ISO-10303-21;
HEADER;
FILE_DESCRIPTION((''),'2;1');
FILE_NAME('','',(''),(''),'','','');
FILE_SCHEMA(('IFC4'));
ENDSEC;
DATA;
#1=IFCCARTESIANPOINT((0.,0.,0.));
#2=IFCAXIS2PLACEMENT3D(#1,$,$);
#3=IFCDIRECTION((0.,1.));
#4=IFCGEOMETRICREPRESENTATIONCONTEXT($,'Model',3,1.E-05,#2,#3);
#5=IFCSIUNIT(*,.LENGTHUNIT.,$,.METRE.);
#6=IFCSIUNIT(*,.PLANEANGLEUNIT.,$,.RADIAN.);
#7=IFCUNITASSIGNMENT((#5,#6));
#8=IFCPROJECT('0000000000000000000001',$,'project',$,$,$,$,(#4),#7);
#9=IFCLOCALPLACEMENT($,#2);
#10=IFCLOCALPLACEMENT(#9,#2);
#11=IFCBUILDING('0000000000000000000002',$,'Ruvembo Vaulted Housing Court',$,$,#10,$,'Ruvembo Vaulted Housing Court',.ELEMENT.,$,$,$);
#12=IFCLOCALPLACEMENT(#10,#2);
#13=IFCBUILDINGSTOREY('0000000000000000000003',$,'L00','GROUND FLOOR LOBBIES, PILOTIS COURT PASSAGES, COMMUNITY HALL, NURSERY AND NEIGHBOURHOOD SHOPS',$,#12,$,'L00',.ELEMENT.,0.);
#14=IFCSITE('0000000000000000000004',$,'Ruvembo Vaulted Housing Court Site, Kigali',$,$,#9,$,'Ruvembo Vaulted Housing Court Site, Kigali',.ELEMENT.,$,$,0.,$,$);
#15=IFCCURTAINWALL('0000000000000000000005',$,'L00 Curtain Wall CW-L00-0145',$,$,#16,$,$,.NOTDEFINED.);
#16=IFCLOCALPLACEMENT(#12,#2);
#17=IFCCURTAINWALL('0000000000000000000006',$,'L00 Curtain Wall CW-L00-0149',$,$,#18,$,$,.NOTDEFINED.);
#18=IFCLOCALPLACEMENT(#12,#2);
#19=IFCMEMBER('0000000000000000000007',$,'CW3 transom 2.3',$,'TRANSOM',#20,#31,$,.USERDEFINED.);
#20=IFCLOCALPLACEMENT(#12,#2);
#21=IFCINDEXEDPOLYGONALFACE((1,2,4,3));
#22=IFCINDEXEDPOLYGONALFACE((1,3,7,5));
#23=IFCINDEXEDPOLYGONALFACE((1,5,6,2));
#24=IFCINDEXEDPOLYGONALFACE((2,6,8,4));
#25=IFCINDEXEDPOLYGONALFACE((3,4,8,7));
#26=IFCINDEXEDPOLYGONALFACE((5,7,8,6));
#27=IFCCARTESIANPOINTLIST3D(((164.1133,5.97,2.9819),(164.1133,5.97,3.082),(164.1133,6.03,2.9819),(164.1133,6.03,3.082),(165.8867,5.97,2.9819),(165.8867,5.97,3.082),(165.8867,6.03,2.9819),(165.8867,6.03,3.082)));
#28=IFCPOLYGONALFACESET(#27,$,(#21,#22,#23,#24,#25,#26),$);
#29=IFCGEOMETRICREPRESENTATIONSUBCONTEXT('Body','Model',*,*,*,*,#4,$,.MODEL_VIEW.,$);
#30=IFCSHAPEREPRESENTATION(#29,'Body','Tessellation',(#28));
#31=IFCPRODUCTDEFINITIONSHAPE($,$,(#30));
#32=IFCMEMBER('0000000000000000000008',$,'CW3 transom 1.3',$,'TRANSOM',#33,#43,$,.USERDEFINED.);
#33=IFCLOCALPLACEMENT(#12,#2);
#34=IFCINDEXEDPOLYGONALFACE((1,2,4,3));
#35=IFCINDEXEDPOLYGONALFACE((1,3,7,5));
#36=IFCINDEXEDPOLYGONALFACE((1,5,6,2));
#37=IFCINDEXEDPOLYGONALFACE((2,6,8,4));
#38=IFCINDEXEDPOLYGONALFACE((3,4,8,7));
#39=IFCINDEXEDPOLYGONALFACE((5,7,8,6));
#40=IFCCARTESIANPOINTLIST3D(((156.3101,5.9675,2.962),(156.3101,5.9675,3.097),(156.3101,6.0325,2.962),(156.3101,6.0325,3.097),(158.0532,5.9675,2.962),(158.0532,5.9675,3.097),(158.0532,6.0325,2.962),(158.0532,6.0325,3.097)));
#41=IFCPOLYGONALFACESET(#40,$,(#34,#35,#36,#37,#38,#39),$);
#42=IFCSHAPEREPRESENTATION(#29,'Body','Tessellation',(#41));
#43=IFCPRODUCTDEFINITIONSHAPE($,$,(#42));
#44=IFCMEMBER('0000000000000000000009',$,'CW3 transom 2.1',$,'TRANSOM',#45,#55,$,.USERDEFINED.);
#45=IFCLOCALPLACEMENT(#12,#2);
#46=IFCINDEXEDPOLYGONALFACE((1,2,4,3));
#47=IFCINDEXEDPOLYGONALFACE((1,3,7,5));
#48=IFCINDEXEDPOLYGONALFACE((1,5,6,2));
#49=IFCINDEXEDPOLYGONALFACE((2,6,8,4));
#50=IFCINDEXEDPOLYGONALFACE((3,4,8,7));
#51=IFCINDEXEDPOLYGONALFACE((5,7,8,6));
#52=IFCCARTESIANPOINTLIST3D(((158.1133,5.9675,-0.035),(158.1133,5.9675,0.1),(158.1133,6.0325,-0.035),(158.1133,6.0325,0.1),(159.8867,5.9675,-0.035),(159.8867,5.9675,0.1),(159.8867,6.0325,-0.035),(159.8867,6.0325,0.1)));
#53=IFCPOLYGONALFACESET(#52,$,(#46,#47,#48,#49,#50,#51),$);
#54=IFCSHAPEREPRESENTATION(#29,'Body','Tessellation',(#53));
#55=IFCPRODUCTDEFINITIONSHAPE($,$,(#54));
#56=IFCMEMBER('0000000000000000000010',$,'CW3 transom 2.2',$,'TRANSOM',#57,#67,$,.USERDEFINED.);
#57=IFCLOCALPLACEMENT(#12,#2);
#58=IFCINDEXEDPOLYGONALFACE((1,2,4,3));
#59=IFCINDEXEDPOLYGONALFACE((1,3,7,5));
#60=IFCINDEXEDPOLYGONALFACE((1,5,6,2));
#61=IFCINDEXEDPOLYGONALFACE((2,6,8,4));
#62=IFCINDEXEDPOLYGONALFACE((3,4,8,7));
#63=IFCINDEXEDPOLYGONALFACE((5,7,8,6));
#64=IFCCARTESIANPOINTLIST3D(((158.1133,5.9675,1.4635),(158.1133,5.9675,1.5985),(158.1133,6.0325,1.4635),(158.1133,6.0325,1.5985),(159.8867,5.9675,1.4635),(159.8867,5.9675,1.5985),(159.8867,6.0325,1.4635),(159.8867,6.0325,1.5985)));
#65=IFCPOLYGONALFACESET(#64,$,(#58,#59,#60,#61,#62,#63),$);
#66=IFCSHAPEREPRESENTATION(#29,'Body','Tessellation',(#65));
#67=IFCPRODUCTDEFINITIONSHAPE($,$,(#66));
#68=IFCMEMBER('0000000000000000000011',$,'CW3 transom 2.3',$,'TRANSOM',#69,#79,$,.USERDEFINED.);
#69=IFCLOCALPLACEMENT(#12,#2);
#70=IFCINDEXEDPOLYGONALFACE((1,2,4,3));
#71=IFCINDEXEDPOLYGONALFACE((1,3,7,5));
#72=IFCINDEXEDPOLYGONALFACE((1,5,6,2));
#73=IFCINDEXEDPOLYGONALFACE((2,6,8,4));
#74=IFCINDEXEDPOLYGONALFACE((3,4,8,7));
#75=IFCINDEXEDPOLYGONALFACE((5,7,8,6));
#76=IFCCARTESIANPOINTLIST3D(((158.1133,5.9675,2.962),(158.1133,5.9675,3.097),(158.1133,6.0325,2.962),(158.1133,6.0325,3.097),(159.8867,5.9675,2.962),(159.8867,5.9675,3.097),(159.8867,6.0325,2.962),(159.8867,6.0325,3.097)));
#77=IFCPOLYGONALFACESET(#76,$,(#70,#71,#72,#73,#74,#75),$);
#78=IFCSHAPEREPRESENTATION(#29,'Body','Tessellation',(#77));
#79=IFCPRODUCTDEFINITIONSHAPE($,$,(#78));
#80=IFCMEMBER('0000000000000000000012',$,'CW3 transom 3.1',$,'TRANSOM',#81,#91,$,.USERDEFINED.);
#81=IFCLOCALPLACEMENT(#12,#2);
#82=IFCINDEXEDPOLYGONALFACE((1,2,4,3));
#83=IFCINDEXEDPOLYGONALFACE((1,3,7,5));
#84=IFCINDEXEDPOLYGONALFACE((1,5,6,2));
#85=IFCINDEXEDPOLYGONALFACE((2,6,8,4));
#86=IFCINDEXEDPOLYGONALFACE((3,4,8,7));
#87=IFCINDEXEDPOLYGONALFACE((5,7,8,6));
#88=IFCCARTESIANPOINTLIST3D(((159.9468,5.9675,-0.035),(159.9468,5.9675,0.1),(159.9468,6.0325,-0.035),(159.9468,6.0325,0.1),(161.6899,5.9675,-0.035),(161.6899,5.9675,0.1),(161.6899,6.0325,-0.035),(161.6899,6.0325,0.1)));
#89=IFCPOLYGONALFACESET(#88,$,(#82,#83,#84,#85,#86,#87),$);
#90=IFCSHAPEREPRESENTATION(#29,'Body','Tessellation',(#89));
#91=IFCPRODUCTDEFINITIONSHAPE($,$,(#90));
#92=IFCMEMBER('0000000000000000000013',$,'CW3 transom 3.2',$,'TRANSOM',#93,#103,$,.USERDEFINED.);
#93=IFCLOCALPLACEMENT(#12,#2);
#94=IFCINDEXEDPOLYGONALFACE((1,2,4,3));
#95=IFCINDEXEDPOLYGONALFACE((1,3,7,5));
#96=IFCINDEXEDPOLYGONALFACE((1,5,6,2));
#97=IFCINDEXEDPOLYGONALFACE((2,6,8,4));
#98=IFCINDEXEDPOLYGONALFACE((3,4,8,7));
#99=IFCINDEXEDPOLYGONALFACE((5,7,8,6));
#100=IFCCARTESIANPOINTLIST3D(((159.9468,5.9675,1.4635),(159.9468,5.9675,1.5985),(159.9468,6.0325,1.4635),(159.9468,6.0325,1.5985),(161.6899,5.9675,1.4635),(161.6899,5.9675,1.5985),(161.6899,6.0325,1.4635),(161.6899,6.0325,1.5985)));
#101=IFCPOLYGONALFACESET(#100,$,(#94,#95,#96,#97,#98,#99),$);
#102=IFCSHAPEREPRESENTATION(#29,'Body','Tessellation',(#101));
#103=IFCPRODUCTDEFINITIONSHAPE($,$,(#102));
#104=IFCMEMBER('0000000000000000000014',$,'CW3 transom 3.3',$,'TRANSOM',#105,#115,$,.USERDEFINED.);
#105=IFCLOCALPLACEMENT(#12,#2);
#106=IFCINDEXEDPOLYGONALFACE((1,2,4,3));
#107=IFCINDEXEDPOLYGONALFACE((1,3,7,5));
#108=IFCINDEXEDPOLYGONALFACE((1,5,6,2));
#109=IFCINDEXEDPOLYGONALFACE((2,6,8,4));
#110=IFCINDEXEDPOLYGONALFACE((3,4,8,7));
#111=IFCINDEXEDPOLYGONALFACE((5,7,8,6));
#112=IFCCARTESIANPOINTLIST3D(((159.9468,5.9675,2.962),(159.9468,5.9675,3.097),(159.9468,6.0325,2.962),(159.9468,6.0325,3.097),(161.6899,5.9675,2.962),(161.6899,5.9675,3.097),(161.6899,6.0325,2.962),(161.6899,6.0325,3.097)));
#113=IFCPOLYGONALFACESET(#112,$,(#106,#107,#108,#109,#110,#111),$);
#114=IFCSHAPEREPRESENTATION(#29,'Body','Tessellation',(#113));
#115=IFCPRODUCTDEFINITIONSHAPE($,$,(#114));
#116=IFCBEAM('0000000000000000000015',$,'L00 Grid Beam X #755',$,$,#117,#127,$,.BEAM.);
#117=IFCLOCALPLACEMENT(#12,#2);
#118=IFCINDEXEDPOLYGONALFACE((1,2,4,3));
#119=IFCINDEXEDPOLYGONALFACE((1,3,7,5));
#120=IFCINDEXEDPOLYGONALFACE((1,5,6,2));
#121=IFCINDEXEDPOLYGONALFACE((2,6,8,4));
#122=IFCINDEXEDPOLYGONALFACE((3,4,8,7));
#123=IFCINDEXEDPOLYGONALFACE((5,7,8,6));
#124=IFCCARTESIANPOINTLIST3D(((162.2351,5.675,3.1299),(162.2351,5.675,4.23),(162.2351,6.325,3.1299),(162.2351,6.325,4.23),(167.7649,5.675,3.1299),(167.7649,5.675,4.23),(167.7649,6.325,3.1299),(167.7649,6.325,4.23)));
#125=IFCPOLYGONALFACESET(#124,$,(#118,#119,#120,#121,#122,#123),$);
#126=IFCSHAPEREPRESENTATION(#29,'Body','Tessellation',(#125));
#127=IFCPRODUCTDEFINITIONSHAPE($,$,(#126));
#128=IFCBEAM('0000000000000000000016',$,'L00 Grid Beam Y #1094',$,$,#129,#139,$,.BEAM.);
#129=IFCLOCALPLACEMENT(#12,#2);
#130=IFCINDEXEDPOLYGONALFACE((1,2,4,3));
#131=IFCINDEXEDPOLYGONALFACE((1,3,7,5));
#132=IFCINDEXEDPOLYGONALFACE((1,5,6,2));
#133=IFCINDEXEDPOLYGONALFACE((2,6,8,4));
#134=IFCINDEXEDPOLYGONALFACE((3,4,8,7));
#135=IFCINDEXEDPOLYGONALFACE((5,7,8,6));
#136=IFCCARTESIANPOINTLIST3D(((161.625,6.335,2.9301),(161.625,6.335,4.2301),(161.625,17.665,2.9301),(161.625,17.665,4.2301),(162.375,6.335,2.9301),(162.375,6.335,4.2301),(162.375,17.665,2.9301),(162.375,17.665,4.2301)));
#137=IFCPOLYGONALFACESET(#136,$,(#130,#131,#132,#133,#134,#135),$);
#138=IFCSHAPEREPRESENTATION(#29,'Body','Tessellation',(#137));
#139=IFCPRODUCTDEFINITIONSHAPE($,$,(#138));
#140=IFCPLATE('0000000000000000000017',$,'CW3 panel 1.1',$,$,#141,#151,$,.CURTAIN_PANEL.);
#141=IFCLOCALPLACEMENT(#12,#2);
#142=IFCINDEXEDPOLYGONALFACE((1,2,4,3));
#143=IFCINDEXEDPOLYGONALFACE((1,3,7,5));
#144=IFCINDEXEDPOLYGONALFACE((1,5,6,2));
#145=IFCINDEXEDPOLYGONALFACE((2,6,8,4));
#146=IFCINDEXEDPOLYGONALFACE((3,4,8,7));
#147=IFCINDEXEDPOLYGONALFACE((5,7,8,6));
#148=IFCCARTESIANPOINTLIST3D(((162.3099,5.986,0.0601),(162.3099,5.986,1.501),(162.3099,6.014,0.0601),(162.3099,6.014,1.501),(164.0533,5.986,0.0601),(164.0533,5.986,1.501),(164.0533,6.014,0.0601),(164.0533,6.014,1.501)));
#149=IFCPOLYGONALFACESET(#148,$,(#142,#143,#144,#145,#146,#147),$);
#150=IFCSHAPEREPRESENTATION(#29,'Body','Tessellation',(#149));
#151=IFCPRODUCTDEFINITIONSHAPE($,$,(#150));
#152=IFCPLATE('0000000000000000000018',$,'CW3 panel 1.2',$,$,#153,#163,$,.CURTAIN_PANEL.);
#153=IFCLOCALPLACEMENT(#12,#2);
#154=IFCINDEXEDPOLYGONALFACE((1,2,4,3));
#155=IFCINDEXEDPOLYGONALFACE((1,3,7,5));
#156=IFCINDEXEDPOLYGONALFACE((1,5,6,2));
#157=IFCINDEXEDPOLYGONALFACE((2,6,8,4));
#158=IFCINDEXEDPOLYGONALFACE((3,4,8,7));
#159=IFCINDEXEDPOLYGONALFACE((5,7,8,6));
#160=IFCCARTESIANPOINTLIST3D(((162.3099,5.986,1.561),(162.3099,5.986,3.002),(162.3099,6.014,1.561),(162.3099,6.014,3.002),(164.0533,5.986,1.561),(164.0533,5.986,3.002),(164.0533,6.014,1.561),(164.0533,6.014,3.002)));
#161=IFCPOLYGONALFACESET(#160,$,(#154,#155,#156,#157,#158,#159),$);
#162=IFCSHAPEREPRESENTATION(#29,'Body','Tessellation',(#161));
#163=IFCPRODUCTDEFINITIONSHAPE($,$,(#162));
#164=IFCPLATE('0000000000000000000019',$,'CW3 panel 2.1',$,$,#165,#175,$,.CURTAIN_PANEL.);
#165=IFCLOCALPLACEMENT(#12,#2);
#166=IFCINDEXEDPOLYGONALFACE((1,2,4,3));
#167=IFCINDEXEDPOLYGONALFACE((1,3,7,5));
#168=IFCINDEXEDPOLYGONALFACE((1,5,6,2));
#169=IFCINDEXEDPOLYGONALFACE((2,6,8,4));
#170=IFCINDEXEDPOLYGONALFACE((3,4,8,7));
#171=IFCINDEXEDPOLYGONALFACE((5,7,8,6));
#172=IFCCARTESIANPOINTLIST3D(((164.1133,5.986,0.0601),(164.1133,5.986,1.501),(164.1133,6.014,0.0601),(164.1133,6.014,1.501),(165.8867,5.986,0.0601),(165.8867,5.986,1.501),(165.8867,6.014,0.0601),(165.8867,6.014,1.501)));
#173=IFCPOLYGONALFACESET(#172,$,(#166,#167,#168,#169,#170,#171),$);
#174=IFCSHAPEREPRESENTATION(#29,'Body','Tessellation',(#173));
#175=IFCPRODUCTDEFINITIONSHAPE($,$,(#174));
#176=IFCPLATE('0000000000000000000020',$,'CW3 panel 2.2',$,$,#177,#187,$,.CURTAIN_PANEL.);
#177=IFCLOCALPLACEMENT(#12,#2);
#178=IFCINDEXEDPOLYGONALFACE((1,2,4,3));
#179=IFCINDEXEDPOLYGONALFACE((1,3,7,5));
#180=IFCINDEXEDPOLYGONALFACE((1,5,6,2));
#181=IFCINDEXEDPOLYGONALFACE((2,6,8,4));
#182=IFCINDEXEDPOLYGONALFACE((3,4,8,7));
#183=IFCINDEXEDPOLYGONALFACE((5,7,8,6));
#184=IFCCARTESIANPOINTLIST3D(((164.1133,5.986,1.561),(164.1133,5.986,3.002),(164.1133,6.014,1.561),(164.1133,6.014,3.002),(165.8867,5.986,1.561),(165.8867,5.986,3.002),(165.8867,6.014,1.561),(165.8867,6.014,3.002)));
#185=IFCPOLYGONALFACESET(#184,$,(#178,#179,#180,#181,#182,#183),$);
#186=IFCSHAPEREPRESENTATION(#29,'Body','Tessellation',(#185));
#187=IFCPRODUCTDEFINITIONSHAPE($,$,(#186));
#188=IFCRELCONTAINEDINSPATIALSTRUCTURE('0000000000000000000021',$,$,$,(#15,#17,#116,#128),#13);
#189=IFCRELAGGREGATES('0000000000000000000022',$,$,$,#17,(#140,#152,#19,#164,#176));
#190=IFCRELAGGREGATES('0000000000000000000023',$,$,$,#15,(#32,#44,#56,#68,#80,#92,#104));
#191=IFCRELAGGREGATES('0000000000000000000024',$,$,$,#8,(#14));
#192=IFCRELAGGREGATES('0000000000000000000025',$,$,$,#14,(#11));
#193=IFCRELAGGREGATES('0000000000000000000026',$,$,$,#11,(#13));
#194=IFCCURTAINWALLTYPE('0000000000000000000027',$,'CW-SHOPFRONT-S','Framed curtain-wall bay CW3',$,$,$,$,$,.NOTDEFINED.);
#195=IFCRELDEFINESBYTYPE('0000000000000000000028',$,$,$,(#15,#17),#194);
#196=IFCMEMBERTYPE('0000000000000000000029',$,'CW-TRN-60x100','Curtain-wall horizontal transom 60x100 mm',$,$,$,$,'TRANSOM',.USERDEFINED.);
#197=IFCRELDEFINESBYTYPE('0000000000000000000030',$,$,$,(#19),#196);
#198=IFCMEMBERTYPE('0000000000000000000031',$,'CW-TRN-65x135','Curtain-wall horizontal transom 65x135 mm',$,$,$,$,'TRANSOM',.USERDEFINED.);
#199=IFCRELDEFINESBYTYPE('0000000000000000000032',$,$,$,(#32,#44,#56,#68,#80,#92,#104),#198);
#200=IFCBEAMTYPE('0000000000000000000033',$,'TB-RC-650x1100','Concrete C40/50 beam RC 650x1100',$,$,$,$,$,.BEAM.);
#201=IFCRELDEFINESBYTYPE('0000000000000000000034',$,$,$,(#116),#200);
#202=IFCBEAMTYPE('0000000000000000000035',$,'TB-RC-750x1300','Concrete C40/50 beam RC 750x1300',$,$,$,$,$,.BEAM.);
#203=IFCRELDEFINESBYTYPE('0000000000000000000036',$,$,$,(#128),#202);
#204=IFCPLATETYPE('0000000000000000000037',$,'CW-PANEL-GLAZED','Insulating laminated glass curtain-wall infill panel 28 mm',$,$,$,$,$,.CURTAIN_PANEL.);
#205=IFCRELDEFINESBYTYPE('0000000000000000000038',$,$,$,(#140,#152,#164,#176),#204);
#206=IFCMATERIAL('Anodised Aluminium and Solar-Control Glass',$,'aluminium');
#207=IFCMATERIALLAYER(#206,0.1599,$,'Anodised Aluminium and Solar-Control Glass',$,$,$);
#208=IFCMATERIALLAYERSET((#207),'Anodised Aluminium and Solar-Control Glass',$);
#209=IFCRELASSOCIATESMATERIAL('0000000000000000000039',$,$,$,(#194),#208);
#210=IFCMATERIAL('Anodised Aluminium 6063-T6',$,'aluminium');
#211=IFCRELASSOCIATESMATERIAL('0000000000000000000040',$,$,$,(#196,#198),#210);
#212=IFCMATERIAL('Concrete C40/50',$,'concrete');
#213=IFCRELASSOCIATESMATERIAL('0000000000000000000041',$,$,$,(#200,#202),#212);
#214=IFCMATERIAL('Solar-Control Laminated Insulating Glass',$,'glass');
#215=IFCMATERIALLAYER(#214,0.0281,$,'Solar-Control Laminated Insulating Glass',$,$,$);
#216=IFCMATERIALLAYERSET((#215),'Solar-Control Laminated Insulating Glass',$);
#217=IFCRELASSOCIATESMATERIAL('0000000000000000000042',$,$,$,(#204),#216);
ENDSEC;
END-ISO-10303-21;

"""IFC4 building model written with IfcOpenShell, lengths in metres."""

from ifc_helpers import new_model, si_unit, direction, frame, origin, origin_2d, place, context, subcontext, project, spatial, rectangle, extrude, material, layer, layer_set, material_profile, profile_set, type_object, element, aggregate, save


model = new_model("IFC4")

# Units and contexts
model_context = context("Model", 3, precision=1e-05, world=origin(), true_north=direction((0.0, 1.0)))
body_context = subcontext(model_context, "Body", "Model", "MODEL_VIEW")
ifc_project = project(units=[si_unit("LENGTHUNIT", "METRE"), si_unit("PLANEANGLEUNIT", "RADIAN")], contexts=[model_context])

# Site, building, storey
site_placement = place(None, origin())
site = spatial("IfcSite", under=ifc_project, at=site_placement, Name="Ruvembo Vaulted Housing Court Site, Kigali", LongName="Ruvembo Vaulted Housing Court Site, Kigali", CompositionType="ELEMENT", RefElevation=0.0)
building_placement = place(site_placement, origin())
building = spatial("IfcBuilding", under=site, at=building_placement, Name="Ruvembo Vaulted Housing Court", LongName="Ruvembo Vaulted Housing Court", CompositionType="ELEMENT")
storey_placement = place(building_placement, origin())
storey = spatial("IfcBuildingStorey", under=building, at=storey_placement, Name="L00", Description="GROUND FLOOR LOBBIES, PILOTIS COURT PASSAGES, COMMUNITY HALL, NURSERY AND NEIGHBOURHOOD SHOPS", LongName="L00", CompositionType="ELEMENT", Elevation=0.0)

# Curtain walls, member
ifc_material_1 = material(Name="Anodised Aluminium and Solar-Control Glass", Category="aluminium")
ifc_layer_1 = layer(ifc_material_1, 0.1599, Name="Anodised Aluminium and Solar-Control Glass")
ifc_layer_set_1 = layer_set([ifc_layer_1], Name="Anodised Aluminium and Solar-Control Glass")
curtain_wall_type = type_object("IfcCurtainWallType", Name="CW-SHOPFRONT-S", Description="Framed curtain-wall bay CW3", PredefinedType="NOTDEFINED", material=ifc_layer_set_1)
curtain_wall_1_placement = place(storey_placement, origin())
curtain_wall_1 = element("IfcCurtainWall", 1, at=curtain_wall_1_placement, inside=storey, type_object=curtain_wall_type, Name="L00 Curtain Wall CW-L00-0145", PredefinedType="NOTDEFINED")
ifc_material_2 = material(Name="Anodised Aluminium 6063-T6", Category="aluminium")
curtain_wall_2_placement = place(storey_placement, origin())
curtain_wall_2 = element("IfcCurtainWall", 2, at=curtain_wall_2_placement, inside=storey, type_object=curtain_wall_type, Name="L00 Curtain Wall CW-L00-0149", PredefinedType="NOTDEFINED")
ifc_material_profile_1 = material_profile(ifc_material_2, rectangle(XDim=0.0601, YDim=0.1001, at=origin_2d()), Name="ALU 60x100")
ifc_profile_set_1 = profile_set([ifc_material_profile_1], Name="Anodised Aluminium 6063-T6")
member_type_1 = type_object("IfcMemberType", Name="CW-TRN-60x100", Description="Curtain-wall horizontal transom 60x100 mm", ElementType="TRANSOM", PredefinedType="USERDEFINED", material=ifc_profile_set_1)
member_1_placement = place(storey_placement, frame((164.1133, 6.0, 3.032), z_axis=(1.0, 0.0, 0.0), x_axis=(0.0, 1.0, 0.0)))
member_1 = element("IfcMember", 3, at=member_1_placement, type_object=member_type_1, Name="CW3 transom 2.3", ObjectType="TRANSOM", PredefinedType="USERDEFINED", context=body_context, shape_type="SweptSolid", body=[
    extrude(rectangle(XDim=0.0601, YDim=0.1001, at=origin_2d()), origin(), (0.0, 0.0, 1.0), 1.7734),
])

# Members
ifc_material_profile_2 = material_profile(ifc_material_2, rectangle(XDim=0.0649, YDim=0.135, at=origin_2d()), Name="ALU 65x135")
ifc_profile_set_2 = profile_set([ifc_material_profile_2], Name="Anodised Aluminium 6063-T6")
member_type_2 = type_object("IfcMemberType", Name="CW-TRN-65x135", Description="Curtain-wall horizontal transom 65x135 mm", ElementType="TRANSOM", PredefinedType="USERDEFINED", material=ifc_profile_set_2)
member_2_placement = place(storey_placement, frame((156.3101, 6.0, 3.0295), z_axis=(1.0, 0.0, 0.0), x_axis=(0.0, 1.0, 0.0)))
member_2 = element("IfcMember", 4, at=member_2_placement, type_object=member_type_2, Name="CW3 transom 1.3", ObjectType="TRANSOM", PredefinedType="USERDEFINED", context=body_context, shape_type="SweptSolid", body=[
    extrude(rectangle(XDim=0.0649, YDim=0.135, at=origin_2d()), origin(), (0.0, 0.0, 1.0), 1.7432),
])
member_3_placement = place(storey_placement, frame((158.1133, 6.0, 0.0325), z_axis=(1.0, 0.0, 0.0), x_axis=(0.0, 1.0, 0.0)))
member_3 = element("IfcMember", 5, at=member_3_placement, type_object=member_type_2, Name="CW3 transom 2.1", ObjectType="TRANSOM", PredefinedType="USERDEFINED", context=body_context, shape_type="SweptSolid", body=[
    extrude(rectangle(XDim=0.0649, YDim=0.135, at=origin_2d()), origin(), (0.0, 0.0, 1.0), 1.7734),
])
member_4_placement = place(storey_placement, frame((158.1133, 6.0, 1.531), z_axis=(1.0, 0.0, 0.0), x_axis=(0.0, 1.0, 0.0)))
member_4 = element("IfcMember", 6, at=member_4_placement, type_object=member_type_2, Name="CW3 transom 2.2", ObjectType="TRANSOM", PredefinedType="USERDEFINED", context=body_context, shape_type="SweptSolid", body=[
    extrude(rectangle(XDim=0.0649, YDim=0.135, at=origin_2d()), origin(), (0.0, 0.0, 1.0), 1.7734),
])
member_5_placement = place(storey_placement, frame((158.1133, 6.0, 3.0295), z_axis=(1.0, 0.0, 0.0), x_axis=(0.0, 1.0, 0.0)))
member_5 = element("IfcMember", 7, at=member_5_placement, type_object=member_type_2, Name="CW3 transom 2.3", ObjectType="TRANSOM", PredefinedType="USERDEFINED", context=body_context, shape_type="SweptSolid", body=[
    extrude(rectangle(XDim=0.0649, YDim=0.135, at=origin_2d()), origin(), (0.0, 0.0, 1.0), 1.7734),
])
member_6_placement = place(storey_placement, frame((159.9468, 6.0, 0.0325), z_axis=(1.0, 0.0, 0.0), x_axis=(0.0, 1.0, 0.0)))
member_6 = element("IfcMember", 8, at=member_6_placement, type_object=member_type_2, Name="CW3 transom 3.1", ObjectType="TRANSOM", PredefinedType="USERDEFINED", context=body_context, shape_type="SweptSolid", body=[
    extrude(rectangle(XDim=0.0649, YDim=0.135, at=origin_2d()), origin(), (0.0, 0.0, 1.0), 1.7432),
])
member_7_placement = place(storey_placement, frame((159.9468, 6.0, 1.531), z_axis=(1.0, 0.0, 0.0), x_axis=(0.0, 1.0, 0.0)))
member_7 = element("IfcMember", 9, at=member_7_placement, type_object=member_type_2, Name="CW3 transom 3.2", ObjectType="TRANSOM", PredefinedType="USERDEFINED", context=body_context, shape_type="SweptSolid", body=[
    extrude(rectangle(XDim=0.0649, YDim=0.135, at=origin_2d()), origin(), (0.0, 0.0, 1.0), 1.7432),
])
member_8_placement = place(storey_placement, frame((159.9468, 6.0, 3.0295), z_axis=(1.0, 0.0, 0.0), x_axis=(0.0, 1.0, 0.0)))
member_8 = element("IfcMember", 10, at=member_8_placement, type_object=member_type_2, Name="CW3 transom 3.3", ObjectType="TRANSOM", PredefinedType="USERDEFINED", context=body_context, shape_type="SweptSolid", body=[
    extrude(rectangle(XDim=0.0649, YDim=0.135, at=origin_2d()), origin(), (0.0, 0.0, 1.0), 1.7432),
])

# Beams
ifc_material_3 = material(Name="Concrete C40/50", Category="concrete")
ifc_material_profile_3 = material_profile(ifc_material_3, rectangle(XDim=0.6499, YDim=1.1001, at=origin_2d()), Name="RC 650x1100")
ifc_profile_set_3 = profile_set([ifc_material_profile_3], Name="Concrete C40/50")
beam_type_1 = type_object("IfcBeamType", Name="TB-RC-650x1100", Description="Concrete C40/50 beam RC 650x1100", PredefinedType="BEAM", material=ifc_profile_set_3)
beam_1_placement = place(storey_placement, frame((162.2351, 6.0, 3.6799), z_axis=(1.0, 0.0, 0.0), x_axis=(0.0, 1.0, 0.0)))
element("IfcBeam", 11, at=beam_1_placement, inside=storey, type_object=beam_type_1, Name="L00 Grid Beam X #755", PredefinedType="BEAM", context=body_context, shape_type="SweptSolid", body=[
    extrude(rectangle(XDim=0.6499, YDim=1.1001, at=origin_2d()), origin(), (0.0, 0.0, 1.0), 5.5298),
])
ifc_material_profile_4 = material_profile(ifc_material_3, rectangle(XDim=0.75, YDim=1.3, at=origin_2d()), Name="RC 750x1300")
ifc_profile_set_4 = profile_set([ifc_material_profile_4], Name="Concrete C40/50")
beam_type_2 = type_object("IfcBeamType", Name="TB-RC-750x1300", Description="Concrete C40/50 beam RC 750x1300", PredefinedType="BEAM", material=ifc_profile_set_4)
beam_2_placement = place(storey_placement, frame((162.0, 6.335, 3.5801), z_axis=(0.0, 1.0, 0.0), x_axis=(-1.0, 0.0, 0.0)))
element("IfcBeam", 12, at=beam_2_placement, inside=storey, type_object=beam_type_2, Name="L00 Grid Beam Y #1094", PredefinedType="BEAM", context=body_context, shape_type="SweptSolid", body=[
    extrude(rectangle(XDim=0.75, YDim=1.3, at=origin_2d()), origin(), (0.0, 0.0, 1.0), 11.3301),
])

# Plates
ifc_material_4 = material(Name="Solar-Control Laminated Insulating Glass", Category="glass")
ifc_layer_2 = layer(ifc_material_4, 0.0281, Name="Solar-Control Laminated Insulating Glass")
ifc_layer_set_2 = layer_set([ifc_layer_2], Name="Solar-Control Laminated Insulating Glass")
plate_type_1 = type_object("IfcPlateType", Name="CW-PANEL-GLAZED", Description="Insulating laminated glass curtain-wall infill panel 28 mm", PredefinedType="CURTAIN_PANEL", material=ifc_layer_set_2)
plate_1_placement = place(storey_placement, frame((163.1816, 6.0, 0.0601), z_axis=(0.0, 0.0, 1.0), x_axis=(1.0, 0.0, 0.0)))
plate_1 = element("IfcPlate", 13, at=plate_1_placement, type_object=plate_type_1, Name="CW3 panel 1.1", PredefinedType="CURTAIN_PANEL", context=body_context, shape_type="SweptSolid", body=[
    extrude(rectangle(XDim=1.7434, YDim=0.0281, at=origin_2d()), origin(), (0.0, 0.0, 1.0), 1.4409),
])
plate_2_placement = place(storey_placement, frame((163.1816, 6.0, 1.561), z_axis=(0.0, 0.0, 1.0), x_axis=(1.0, 0.0, 0.0)))
plate_2 = element("IfcPlate", 14, at=plate_2_placement, type_object=plate_type_1, Name="CW3 panel 1.2", PredefinedType="CURTAIN_PANEL", context=body_context, shape_type="SweptSolid", body=[
    extrude(rectangle(XDim=1.7434, YDim=0.0281, at=origin_2d()), origin(), (0.0, 0.0, 1.0), 1.4409),
])
plate_3_placement = place(storey_placement, frame((165.0, 6.0, 0.0601), z_axis=(0.0, 0.0, 1.0), x_axis=(1.0, 0.0, 0.0)))
plate_3 = element("IfcPlate", 15, at=plate_3_placement, type_object=plate_type_1, Name="CW3 panel 2.1", PredefinedType="CURTAIN_PANEL", context=body_context, shape_type="SweptSolid", body=[
    extrude(rectangle(XDim=1.7734, YDim=0.0281, at=origin_2d()), origin(), (0.0, 0.0, 1.0), 1.4409),
])
plate_4_placement = place(storey_placement, frame((165.0, 6.0, 1.561), z_axis=(0.0, 0.0, 1.0), x_axis=(1.0, 0.0, 0.0)))
plate_4 = element("IfcPlate", 16, at=plate_4_placement, type_object=plate_type_1, Name="CW3 panel 2.2", PredefinedType="CURTAIN_PANEL", context=body_context, shape_type="SweptSolid", body=[
    extrude(rectangle(XDim=1.7734, YDim=0.0281, at=origin_2d()), origin(), (0.0, 0.0, 1.0), 1.4409),
])
aggregate(curtain_wall_2, [plate_1, plate_2, member_1, plate_3, plate_4])
aggregate(curtain_wall_1, [member_2, member_3, member_4, member_5, member_6, member_7, member_8])

save(model, "model.ifc")
